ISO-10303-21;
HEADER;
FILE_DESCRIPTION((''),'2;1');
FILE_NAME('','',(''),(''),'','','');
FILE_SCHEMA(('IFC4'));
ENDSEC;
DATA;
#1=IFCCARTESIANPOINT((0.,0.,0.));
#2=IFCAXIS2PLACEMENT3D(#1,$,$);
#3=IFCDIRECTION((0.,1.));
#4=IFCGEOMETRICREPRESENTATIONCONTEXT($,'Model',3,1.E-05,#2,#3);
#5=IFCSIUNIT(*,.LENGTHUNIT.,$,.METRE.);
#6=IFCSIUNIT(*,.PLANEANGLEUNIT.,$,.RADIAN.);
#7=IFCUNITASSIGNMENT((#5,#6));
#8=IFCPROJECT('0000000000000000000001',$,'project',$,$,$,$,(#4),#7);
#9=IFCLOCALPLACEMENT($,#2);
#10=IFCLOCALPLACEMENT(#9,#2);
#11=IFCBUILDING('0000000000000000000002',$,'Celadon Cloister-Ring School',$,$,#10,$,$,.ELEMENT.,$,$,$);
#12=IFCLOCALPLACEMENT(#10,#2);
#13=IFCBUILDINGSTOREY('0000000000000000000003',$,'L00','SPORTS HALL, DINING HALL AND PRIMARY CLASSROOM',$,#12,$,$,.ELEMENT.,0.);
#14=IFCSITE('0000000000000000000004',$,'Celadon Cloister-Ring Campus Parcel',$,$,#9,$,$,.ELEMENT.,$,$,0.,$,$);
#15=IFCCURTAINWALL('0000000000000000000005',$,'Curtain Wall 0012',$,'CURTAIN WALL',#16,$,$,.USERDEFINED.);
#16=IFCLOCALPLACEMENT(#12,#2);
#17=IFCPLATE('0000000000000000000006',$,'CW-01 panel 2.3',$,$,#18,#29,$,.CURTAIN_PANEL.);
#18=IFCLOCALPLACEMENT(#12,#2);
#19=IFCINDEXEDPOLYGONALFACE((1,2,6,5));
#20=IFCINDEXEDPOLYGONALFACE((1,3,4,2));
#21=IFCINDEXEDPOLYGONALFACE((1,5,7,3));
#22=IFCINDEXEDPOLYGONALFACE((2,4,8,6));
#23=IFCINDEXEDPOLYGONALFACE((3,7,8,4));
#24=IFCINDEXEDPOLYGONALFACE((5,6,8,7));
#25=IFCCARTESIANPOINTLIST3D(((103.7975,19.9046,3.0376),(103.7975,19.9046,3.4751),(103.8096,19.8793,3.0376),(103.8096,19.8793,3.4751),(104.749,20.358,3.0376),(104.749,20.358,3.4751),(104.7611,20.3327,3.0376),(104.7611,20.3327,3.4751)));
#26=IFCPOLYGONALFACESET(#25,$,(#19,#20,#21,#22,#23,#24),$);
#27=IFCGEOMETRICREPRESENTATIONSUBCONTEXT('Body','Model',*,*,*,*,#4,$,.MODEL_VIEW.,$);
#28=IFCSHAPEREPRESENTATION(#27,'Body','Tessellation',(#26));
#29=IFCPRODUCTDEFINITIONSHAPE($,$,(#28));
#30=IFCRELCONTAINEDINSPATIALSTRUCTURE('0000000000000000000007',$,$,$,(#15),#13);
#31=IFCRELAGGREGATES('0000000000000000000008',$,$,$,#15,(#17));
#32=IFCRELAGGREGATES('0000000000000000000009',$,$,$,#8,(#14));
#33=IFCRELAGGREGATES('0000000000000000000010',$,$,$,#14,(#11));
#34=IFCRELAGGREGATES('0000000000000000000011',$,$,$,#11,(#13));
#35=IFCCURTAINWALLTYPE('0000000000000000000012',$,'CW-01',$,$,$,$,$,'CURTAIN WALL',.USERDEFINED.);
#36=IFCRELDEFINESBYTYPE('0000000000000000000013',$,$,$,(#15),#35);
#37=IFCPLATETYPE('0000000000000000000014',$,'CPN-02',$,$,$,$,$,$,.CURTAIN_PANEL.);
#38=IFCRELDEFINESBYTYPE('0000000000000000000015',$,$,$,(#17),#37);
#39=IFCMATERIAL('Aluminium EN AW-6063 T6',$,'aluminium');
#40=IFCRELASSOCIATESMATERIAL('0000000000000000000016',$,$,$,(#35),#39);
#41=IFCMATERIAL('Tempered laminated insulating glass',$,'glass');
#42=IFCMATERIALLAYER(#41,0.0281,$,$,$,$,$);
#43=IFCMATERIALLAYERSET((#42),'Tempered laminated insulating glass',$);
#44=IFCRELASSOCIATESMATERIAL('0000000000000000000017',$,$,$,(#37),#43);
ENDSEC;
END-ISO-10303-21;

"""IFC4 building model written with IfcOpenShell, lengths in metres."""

from ifc_helpers import new_model, si_unit, direction, frame, origin, origin_2d, place, context, subcontext, project, spatial, rectangle, extrude, material, layer, layer_set, type_object, element, aggregate, save


model = new_model("IFC4")

# Units and contexts
model_context = context("Model", 3, precision=1e-05, world=origin(), true_north=direction((0.0, 1.0)))
body_context = subcontext(model_context, "Body", "Model", "MODEL_VIEW")
ifc_project = project(units=[si_unit("LENGTHUNIT", "METRE"), si_unit("PLANEANGLEUNIT", "RADIAN")], contexts=[model_context])

# Site, building, storey
site_placement = place(None, origin())
site = spatial("IfcSite", under=ifc_project, at=site_placement, Name="Celadon Cloister-Ring Campus Parcel", CompositionType="ELEMENT", RefElevation=0.0)
building_placement = place(site_placement, origin())
building = spatial("IfcBuilding", under=site, at=building_placement, Name="Celadon Cloister-Ring School", CompositionType="ELEMENT")
storey_placement = place(building_placement, origin())
storey = spatial("IfcBuildingStorey", under=building, at=storey_placement, Name="L00", Description="SPORTS HALL, DINING HALL AND PRIMARY CLASSROOM", CompositionType="ELEMENT", Elevation=0.0)

# Shared definitions
ifc_material_1 = material(Name="Aluminium EN AW-6063 T6", Category="aluminium")
curtain_wall_type = type_object("IfcCurtainWallType", Name="CW-01", ElementType="CURTAIN WALL", PredefinedType="USERDEFINED", material=ifc_material_1)

# Curtain wall
curtain_wall_1_placement = place(storey_placement, origin())
curtain_wall_1 = element("IfcCurtainWall", 1, at=curtain_wall_1_placement, inside=storey, type_object=curtain_wall_type, Name="Curtain Wall 0012", ObjectType="CURTAIN WALL", PredefinedType="USERDEFINED")

# Plate
ifc_material_2 = material(Name="Tempered laminated insulating glass", Category="glass")
ifc_layer = layer(ifc_material_2, 0.0281)
ifc_layer_set = layer_set([ifc_layer], Name="Tempered laminated insulating glass")
plate_type = type_object("IfcPlateType", Name="CPN-02", PredefinedType="CURTAIN_PANEL", material=ifc_layer_set)
plate_1_placement = place(storey_placement, frame((104.2793, 20.1187, 3.0376), z_axis=(0.0, 0.0, 1.0), x_axis=(0.902733, 0.430201, 0.0)))
plate_1 = element("IfcPlate", 2, at=plate_1_placement, type_object=plate_type, Name="CW-01 panel 2.3", PredefinedType="CURTAIN_PANEL", context=body_context, shape_type="SweptSolid", body=[
    extrude(rectangle(XDim=1.054, YDim=0.0281, at=origin_2d()), origin(), (0.0, 0.0, 1.0), 0.4375),
])
aggregate(curtain_wall_1, [plate_1])

save(model, "model.ifc")
